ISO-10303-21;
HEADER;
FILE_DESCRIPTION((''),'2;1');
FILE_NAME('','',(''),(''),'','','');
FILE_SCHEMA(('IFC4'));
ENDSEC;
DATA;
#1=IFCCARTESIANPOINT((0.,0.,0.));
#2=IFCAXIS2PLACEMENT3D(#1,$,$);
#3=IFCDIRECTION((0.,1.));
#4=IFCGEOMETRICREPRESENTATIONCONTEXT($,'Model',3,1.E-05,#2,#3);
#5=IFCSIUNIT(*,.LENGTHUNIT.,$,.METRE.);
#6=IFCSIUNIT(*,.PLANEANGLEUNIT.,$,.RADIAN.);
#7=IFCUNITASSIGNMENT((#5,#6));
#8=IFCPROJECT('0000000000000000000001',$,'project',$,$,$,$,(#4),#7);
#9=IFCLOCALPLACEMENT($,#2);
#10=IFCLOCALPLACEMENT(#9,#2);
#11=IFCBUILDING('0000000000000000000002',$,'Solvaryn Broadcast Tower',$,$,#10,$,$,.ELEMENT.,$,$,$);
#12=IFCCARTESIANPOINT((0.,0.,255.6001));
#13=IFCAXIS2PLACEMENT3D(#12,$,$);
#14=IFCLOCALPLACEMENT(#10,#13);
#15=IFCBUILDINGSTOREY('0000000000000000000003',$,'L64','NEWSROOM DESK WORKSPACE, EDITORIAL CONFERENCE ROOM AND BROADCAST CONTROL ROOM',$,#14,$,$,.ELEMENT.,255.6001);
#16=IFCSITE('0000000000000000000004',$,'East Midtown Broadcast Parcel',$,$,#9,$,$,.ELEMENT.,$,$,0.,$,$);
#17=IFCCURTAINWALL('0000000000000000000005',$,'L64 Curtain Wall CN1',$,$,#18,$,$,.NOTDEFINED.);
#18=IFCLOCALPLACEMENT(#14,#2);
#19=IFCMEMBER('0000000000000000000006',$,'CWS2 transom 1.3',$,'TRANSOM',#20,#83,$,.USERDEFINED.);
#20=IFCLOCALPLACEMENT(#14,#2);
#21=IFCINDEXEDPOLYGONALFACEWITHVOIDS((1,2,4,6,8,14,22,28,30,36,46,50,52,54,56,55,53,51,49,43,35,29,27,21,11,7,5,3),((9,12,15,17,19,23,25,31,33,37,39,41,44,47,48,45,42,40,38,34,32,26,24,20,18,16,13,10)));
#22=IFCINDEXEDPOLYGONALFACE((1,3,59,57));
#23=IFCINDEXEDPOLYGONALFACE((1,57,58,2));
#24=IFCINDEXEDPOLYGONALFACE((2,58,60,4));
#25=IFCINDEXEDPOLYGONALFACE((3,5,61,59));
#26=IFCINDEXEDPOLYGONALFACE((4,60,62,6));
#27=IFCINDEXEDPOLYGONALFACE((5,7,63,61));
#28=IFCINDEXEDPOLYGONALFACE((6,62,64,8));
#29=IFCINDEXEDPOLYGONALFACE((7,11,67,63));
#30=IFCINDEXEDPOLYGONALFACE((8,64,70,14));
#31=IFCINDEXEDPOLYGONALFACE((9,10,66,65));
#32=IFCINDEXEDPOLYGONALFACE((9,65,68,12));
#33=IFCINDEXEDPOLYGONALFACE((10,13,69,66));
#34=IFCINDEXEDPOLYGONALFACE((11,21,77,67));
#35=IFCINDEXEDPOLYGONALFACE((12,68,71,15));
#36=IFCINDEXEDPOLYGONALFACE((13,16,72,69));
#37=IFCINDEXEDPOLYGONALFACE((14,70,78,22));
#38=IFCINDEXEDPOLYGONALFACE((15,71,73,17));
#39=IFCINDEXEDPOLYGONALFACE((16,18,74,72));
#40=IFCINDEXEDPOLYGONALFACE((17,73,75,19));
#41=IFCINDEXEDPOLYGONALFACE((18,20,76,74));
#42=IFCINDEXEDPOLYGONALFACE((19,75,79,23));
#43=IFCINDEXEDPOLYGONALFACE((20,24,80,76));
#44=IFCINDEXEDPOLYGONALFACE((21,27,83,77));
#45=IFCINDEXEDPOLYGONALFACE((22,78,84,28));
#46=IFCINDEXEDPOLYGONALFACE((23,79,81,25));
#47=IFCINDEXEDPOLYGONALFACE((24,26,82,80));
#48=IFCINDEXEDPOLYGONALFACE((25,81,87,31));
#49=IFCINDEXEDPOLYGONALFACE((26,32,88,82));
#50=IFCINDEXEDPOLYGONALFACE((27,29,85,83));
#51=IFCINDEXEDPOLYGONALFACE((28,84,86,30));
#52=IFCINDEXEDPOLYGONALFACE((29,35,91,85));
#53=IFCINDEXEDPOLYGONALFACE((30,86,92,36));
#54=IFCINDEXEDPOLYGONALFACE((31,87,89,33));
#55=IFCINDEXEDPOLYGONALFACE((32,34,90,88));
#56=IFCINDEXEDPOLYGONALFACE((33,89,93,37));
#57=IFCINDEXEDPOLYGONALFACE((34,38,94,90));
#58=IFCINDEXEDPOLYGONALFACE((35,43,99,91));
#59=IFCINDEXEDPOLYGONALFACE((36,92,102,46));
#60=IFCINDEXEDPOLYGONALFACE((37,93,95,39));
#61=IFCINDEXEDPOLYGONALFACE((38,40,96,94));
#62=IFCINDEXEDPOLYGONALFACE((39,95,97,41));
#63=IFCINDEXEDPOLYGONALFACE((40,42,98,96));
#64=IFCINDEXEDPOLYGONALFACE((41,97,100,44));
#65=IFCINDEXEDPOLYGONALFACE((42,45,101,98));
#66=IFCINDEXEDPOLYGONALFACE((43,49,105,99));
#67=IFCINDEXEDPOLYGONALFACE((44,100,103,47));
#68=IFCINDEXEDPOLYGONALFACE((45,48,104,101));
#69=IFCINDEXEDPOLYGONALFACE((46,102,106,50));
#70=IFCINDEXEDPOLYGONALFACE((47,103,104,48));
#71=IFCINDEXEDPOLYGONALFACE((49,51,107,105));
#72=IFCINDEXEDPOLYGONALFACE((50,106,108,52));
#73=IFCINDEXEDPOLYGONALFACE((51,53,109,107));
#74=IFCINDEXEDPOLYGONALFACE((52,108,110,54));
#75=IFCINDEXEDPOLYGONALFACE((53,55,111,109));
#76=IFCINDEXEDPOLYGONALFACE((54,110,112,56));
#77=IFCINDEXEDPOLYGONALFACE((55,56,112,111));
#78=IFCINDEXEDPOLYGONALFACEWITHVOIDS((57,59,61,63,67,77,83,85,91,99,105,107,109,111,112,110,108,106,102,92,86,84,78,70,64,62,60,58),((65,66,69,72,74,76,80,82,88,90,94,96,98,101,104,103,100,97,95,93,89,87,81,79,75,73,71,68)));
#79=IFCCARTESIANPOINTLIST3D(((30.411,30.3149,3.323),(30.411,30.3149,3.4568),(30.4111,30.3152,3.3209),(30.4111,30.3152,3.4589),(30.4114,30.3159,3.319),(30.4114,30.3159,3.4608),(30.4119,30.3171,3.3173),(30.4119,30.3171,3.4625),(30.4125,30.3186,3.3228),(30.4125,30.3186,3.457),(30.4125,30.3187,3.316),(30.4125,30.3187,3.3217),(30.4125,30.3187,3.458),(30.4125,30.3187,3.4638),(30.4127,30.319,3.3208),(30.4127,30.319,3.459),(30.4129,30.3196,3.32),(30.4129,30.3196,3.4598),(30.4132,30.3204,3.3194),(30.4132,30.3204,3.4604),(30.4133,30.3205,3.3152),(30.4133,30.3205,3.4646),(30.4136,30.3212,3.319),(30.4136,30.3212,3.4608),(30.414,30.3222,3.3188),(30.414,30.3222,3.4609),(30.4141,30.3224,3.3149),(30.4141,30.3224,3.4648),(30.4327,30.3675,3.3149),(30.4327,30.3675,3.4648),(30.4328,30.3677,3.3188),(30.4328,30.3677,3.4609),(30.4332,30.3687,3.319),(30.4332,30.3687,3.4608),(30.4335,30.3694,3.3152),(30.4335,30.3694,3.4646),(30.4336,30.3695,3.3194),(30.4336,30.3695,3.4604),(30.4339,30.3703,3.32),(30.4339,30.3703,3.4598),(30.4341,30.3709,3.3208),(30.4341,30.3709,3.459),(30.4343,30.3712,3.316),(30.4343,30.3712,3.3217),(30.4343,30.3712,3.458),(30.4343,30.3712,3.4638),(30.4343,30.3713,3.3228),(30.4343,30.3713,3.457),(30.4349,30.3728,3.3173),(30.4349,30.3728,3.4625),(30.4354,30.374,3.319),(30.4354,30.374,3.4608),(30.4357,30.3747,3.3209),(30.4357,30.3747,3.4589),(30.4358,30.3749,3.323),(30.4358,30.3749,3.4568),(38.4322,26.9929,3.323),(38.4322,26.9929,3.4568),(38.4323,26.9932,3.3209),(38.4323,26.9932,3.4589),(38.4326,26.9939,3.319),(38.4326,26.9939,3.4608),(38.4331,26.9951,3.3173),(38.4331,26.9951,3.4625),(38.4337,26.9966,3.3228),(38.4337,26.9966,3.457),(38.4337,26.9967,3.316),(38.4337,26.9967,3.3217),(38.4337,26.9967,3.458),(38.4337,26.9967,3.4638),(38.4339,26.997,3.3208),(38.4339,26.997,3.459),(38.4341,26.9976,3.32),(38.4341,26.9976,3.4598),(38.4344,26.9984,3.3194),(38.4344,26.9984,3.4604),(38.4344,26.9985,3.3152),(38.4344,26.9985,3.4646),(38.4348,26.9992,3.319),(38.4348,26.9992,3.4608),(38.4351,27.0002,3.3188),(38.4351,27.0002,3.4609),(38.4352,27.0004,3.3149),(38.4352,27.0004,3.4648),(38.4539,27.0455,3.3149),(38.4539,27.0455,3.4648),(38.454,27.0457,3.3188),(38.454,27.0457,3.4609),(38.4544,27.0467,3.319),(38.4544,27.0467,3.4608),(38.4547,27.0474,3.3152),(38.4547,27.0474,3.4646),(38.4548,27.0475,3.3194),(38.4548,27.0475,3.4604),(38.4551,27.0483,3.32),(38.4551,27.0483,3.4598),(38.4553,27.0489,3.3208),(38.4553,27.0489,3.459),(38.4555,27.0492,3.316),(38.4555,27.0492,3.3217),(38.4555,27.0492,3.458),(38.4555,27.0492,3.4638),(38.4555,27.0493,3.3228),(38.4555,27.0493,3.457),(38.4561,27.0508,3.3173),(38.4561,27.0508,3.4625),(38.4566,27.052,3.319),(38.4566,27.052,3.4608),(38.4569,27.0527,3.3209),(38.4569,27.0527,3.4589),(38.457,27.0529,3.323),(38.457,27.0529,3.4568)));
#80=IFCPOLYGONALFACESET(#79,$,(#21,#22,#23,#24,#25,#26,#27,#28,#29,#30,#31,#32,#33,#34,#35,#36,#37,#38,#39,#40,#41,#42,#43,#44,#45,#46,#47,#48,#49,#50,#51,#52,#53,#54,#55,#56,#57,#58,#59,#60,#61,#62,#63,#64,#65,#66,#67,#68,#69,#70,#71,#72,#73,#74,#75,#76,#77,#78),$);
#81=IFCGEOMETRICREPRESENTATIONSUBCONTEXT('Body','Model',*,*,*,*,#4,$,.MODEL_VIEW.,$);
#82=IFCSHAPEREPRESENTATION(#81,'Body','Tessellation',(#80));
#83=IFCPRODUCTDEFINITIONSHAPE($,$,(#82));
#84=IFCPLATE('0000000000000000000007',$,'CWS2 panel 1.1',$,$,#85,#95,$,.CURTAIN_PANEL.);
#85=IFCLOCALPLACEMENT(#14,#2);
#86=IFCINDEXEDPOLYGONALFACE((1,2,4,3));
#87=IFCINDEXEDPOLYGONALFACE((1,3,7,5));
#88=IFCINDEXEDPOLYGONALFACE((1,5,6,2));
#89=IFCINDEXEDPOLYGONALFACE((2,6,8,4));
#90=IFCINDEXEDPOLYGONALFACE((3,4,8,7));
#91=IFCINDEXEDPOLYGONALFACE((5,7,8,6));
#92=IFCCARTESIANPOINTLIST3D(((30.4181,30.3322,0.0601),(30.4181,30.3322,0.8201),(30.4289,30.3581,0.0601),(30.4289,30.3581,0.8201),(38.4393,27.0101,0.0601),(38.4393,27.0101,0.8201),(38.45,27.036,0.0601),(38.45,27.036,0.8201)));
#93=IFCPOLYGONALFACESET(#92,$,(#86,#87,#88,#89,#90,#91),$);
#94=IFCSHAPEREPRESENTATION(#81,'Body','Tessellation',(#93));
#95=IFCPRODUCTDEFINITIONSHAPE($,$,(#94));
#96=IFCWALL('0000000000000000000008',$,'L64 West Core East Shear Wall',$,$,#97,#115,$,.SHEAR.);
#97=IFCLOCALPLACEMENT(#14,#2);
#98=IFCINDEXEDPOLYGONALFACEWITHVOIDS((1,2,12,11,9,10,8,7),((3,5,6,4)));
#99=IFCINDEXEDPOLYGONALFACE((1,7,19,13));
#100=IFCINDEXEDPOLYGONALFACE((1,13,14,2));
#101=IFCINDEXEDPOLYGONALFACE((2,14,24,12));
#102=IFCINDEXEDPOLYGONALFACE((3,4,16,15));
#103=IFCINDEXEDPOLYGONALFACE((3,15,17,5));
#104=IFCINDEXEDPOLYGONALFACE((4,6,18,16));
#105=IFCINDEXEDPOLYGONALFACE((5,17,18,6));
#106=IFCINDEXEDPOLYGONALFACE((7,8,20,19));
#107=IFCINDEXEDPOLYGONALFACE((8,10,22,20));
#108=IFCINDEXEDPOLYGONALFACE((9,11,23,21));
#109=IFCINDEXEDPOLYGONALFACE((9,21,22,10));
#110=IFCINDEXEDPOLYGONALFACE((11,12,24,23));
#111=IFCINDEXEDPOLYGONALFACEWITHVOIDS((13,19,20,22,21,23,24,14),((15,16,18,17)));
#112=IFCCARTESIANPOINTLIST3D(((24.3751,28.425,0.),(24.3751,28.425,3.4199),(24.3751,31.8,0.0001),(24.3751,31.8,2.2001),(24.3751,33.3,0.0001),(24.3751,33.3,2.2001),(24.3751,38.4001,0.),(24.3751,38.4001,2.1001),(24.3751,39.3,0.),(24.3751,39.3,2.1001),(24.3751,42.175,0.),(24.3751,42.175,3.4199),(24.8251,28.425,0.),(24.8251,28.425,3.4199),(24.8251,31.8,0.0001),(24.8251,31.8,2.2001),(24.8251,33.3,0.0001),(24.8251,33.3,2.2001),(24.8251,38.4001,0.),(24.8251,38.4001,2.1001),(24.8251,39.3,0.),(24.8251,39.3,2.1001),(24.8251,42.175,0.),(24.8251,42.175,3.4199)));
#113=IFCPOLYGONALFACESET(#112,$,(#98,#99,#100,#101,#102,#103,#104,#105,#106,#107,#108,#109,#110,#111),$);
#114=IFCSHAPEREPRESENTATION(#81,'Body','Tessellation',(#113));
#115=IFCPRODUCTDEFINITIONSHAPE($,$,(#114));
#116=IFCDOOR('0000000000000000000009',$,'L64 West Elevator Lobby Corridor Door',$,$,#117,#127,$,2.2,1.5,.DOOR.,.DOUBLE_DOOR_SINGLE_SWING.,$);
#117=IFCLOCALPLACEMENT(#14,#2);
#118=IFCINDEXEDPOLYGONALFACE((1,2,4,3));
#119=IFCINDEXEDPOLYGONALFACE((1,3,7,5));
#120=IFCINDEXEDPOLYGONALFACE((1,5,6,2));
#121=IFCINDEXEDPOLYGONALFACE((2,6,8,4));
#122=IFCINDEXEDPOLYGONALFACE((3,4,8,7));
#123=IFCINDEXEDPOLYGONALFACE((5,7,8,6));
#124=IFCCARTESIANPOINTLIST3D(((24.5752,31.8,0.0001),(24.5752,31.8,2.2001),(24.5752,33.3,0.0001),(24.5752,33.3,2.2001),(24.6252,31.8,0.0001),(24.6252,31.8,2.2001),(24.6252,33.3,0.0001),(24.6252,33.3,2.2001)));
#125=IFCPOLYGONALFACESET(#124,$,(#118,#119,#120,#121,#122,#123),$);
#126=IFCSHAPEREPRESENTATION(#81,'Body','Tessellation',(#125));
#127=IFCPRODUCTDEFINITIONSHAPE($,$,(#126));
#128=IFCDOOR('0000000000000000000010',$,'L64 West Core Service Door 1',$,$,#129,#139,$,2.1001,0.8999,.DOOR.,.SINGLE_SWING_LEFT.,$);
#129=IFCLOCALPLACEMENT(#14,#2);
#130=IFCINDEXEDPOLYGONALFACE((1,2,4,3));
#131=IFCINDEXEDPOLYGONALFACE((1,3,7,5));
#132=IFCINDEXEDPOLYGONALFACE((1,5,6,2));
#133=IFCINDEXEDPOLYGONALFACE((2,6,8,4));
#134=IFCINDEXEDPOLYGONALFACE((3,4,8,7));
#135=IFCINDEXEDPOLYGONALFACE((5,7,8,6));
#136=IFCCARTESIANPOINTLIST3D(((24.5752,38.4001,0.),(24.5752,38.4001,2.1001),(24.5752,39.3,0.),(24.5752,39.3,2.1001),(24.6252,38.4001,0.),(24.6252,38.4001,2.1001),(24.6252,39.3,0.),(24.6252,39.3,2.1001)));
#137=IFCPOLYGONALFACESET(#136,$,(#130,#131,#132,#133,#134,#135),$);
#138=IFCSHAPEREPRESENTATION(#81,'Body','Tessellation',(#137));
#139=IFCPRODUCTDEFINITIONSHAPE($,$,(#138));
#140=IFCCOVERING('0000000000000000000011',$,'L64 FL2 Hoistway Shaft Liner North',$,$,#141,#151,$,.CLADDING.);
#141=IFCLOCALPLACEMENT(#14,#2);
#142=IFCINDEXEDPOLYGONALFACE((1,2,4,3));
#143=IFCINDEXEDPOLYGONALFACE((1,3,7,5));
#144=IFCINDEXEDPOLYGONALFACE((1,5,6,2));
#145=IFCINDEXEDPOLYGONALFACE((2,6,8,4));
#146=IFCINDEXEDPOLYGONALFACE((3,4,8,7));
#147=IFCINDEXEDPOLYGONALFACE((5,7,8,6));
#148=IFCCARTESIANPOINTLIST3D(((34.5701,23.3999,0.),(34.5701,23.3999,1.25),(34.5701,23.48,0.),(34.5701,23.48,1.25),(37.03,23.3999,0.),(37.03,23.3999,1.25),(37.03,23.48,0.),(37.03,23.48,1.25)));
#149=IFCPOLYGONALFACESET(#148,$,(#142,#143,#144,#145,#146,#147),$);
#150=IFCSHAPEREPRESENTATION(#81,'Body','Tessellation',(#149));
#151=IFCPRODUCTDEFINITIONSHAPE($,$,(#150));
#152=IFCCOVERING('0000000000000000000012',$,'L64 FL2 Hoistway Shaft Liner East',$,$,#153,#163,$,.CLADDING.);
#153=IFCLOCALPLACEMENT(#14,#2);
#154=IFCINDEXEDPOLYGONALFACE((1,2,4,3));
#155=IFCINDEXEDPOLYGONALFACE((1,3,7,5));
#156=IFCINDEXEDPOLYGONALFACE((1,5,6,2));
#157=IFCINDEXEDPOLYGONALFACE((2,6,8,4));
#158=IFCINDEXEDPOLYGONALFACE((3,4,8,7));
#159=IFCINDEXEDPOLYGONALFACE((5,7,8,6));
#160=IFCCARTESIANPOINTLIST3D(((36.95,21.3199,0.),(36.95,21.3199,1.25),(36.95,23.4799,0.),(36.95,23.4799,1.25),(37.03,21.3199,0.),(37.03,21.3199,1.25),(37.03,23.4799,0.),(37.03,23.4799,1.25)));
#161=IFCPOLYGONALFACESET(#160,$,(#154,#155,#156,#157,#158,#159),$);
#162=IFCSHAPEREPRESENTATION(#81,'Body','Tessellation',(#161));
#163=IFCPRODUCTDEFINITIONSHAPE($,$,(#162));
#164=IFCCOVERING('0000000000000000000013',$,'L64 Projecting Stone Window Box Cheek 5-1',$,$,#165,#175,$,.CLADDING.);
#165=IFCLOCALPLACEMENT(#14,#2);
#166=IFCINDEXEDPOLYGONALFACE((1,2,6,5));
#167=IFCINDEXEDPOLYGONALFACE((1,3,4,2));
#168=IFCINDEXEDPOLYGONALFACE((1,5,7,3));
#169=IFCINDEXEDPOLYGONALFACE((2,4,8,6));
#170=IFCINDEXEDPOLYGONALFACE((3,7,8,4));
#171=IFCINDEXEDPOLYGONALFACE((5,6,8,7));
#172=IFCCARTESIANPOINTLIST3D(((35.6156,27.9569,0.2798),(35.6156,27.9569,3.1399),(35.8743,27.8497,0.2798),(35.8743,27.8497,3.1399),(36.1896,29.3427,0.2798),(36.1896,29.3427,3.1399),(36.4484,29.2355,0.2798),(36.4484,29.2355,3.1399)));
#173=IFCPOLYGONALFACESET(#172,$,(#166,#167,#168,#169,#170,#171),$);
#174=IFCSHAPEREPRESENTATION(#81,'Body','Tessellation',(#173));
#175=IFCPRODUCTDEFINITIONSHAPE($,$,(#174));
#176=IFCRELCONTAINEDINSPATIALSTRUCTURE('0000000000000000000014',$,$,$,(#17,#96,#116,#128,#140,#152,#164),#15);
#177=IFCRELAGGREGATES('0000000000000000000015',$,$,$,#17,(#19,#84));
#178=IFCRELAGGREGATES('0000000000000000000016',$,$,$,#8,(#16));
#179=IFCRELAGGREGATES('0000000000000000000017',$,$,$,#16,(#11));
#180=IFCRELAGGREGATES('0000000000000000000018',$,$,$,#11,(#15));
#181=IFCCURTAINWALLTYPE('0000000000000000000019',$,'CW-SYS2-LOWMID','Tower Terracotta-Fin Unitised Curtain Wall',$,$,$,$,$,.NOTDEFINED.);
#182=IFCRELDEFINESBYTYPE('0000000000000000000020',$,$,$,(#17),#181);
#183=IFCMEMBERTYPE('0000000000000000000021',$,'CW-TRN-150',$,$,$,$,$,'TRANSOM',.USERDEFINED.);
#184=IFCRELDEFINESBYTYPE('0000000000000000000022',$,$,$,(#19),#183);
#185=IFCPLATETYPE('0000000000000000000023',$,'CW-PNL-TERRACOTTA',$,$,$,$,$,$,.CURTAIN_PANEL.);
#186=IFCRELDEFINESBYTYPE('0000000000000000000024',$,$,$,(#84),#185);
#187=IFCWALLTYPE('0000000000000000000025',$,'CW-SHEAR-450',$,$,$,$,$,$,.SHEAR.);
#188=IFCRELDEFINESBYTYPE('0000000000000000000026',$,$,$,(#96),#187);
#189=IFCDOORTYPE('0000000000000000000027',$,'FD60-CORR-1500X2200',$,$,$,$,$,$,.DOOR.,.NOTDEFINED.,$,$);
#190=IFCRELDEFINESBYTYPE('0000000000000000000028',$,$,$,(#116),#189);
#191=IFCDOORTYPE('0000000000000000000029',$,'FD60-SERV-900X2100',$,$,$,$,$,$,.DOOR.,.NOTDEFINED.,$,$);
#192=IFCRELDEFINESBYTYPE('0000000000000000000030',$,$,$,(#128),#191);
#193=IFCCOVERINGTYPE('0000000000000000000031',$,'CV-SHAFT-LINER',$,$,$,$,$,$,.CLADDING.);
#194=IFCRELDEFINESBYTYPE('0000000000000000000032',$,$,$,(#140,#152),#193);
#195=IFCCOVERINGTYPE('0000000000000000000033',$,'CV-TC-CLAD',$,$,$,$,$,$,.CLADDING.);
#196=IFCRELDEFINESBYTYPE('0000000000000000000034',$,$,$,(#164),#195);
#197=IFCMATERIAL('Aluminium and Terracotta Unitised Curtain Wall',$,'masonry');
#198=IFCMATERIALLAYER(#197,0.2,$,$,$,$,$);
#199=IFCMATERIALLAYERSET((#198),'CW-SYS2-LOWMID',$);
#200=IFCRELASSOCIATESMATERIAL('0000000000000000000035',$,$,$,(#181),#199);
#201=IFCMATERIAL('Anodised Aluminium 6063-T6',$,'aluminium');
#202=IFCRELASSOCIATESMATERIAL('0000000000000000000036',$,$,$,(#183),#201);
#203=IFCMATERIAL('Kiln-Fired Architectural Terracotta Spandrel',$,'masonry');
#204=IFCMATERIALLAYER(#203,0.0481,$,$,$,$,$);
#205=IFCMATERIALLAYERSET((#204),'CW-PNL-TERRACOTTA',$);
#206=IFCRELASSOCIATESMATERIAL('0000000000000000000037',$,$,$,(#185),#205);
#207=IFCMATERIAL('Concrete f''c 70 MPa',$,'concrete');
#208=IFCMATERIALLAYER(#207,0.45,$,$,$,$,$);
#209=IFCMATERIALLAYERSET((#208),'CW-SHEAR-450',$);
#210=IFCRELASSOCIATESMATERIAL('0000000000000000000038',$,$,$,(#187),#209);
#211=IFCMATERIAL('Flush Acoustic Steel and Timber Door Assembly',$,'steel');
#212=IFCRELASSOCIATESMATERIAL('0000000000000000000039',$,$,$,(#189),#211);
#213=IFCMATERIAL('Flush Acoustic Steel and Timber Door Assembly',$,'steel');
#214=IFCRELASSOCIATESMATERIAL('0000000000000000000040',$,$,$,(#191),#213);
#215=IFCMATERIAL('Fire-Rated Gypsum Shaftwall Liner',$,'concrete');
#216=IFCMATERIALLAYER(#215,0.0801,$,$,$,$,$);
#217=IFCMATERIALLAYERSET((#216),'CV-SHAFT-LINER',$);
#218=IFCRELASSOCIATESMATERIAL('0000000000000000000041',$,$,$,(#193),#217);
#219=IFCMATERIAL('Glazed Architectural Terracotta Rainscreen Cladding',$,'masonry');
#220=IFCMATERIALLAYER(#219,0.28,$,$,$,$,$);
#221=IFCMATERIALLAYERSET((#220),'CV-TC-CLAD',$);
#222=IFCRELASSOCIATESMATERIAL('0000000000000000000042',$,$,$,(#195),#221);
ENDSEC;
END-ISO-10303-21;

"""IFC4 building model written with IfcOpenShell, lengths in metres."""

from ifc_helpers import new_model, si_unit, direction, frame, frame_2d, origin, origin_2d, place, context, subcontext, project, spatial, rectangle, hollow_rectangle, extrude, material, layer, layer_set, material_profile, profile_set, type_object, element, fill, aggregate, save


model = new_model("IFC4")

# Units and contexts
model_context = context("Model", 3, precision=1e-05, world=origin(), true_north=direction((0.0, 1.0)))
body_context = subcontext(model_context, "Body", "Model", "MODEL_VIEW")
ifc_project = project(units=[si_unit("LENGTHUNIT", "METRE"), si_unit("PLANEANGLEUNIT", "RADIAN")], contexts=[model_context])

# Site, building, storey
site_placement = place(None, origin())
site = spatial("IfcSite", under=ifc_project, at=site_placement, Name="East Midtown Broadcast Parcel", CompositionType="ELEMENT", RefElevation=0.0)
building_placement = place(site_placement, origin())
building = spatial("IfcBuilding", under=site, at=building_placement, Name="Solvaryn Broadcast Tower", CompositionType="ELEMENT")
storey_placement = place(building_placement, frame((0.0, 0.0, 255.6001)))
storey = spatial("IfcBuildingStorey", under=building, at=storey_placement, Name="L64", Description="NEWSROOM DESK WORKSPACE, EDITORIAL CONFERENCE ROOM AND BROADCAST CONTROL ROOM", CompositionType="ELEMENT", Elevation=255.6001)

# Curtain wall
ifc_material_1 = material(Name="Aluminium and Terracotta Unitised Curtain Wall", Category="masonry")
ifc_layer_1 = layer(ifc_material_1, 0.2)
ifc_layer_set_1 = layer_set([ifc_layer_1], Name="CW-SYS2-LOWMID")
curtain_wall_type = type_object("IfcCurtainWallType", Name="CW-SYS2-LOWMID", Description="Tower Terracotta-Fin Unitised Curtain Wall", PredefinedType="NOTDEFINED", material=ifc_layer_set_1)
curtain_wall_1_placement = place(storey_placement, origin())
curtain_wall_1 = element("IfcCurtainWall", 1, at=curtain_wall_1_placement, inside=storey, type_object=curtain_wall_type, Name="L64 Curtain Wall CN1", PredefinedType="NOTDEFINED")

# Member
ifc_material_2 = material(Name="Anodised Aluminium 6063-T6", Category="aluminium")
ifc_material_profile_1 = material_profile(ifc_material_2, hollow_rectangle(XDim=0.0649, YDim=0.1499, WallThickness=0.0039, InnerFilletRadius=0.0039, OuterFilletRadius=0.0081, at=origin_2d()))
ifc_profile_set_1 = profile_set([ifc_material_profile_1], Name="Anodised Aluminium 6063-T6")
member_type_1 = type_object("IfcMemberType", Name="CW-TRN-150", ElementType="TRANSOM", PredefinedType="USERDEFINED", material=ifc_profile_set_1)
member_1_placement = place(storey_placement, frame((38.4446, 27.0229, 3.3899), z_axis=(-0.923899, 0.382636, 0.0), x_axis=(-0.382636, -0.923899, 0.0)))
member_1 = element("IfcMember", 2, at=member_1_placement, type_object=member_type_1, Name="CWS2 transom 1.3", ObjectType="TRANSOM", PredefinedType="USERDEFINED", context=body_context, shape_type="SweptSolid", body=[
    extrude(hollow_rectangle(XDim=0.0649, YDim=0.1499, WallThickness=0.0039, InnerFilletRadius=0.0039, OuterFilletRadius=0.0081, at=origin_2d()), origin(), (0.0, 0.0, 1.0), 8.6819),
])

# Plate
ifc_material_3 = material(Name="Kiln-Fired Architectural Terracotta Spandrel", Category="masonry")
ifc_layer_2 = layer(ifc_material_3, 0.0481)
ifc_layer_set_2 = layer_set([ifc_layer_2], Name="CW-PNL-TERRACOTTA")
plate_type = type_object("IfcPlateType", Name="CW-PNL-TERRACOTTA", PredefinedType="CURTAIN_PANEL", material=ifc_layer_set_2)
plate_placement = place(storey_placement, frame((34.4341, 28.6841, 0.0601), z_axis=(0.0, 0.0, 1.0), x_axis=(-0.923895, 0.382646, 0.0)))
plate = element("IfcPlate", 3, at=plate_placement, type_object=plate_type, Name="CWS2 panel 1.1", PredefinedType="CURTAIN_PANEL", context=body_context, shape_type="SweptSolid", body=[
    extrude(rectangle(XDim=8.6819, YDim=0.0281, at=origin_2d()), origin(), (0.0, 0.0, 1.0), 0.76),
])
aggregate(curtain_wall_1, [member_1, plate])

# Wall, openings, doors
ifc_material_4 = material(Name="Concrete f'c 70 MPa", Category="concrete")
ifc_layer_3 = layer(ifc_material_4, 0.45)
ifc_layer_set_3 = layer_set([ifc_layer_3], Name="CW-SHEAR-450")
wall_type = type_object("IfcWallType", Name="CW-SHEAR-450", PredefinedType="SHEAR", material=ifc_layer_set_3)
wall_1_placement = place(storey_placement, frame((24.6001, 28.425, 0.0), z_axis=(0.0, 0.0, 1.0), x_axis=(0.0, 1.0, 0.0)))
wall_1 = element("IfcWall", 4, at=wall_1_placement, inside=storey, type_object=wall_type, Name="L64 West Core East Shear Wall", PredefinedType="SHEAR", context=body_context, shape_type="SweptSolid", body=[
    extrude(rectangle(XDim=13.75, YDim=0.45, at=frame_2d((6.875, 0.0))), origin(), (0.0, 0.0, 1.0), 3.4199),
])
opening_1_placement = place(wall_1_placement, frame((3.375, 0.0, 0.0)))
opening_1 = element("IfcOpeningElement", 5, at=opening_1_placement, cuts=wall_1, PredefinedType="OPENING", context=body_context, shape_type="SweptSolid", body=[
    extrude(rectangle(XDim=1.5, YDim=2.2, at=frame_2d((0.75, 1.1001))), frame((0.0, 0.2351, 0.0), z_axis=(0.0, -1.0, 0.0), x_axis=(1.0, 0.0, 0.0)), (0.0, 0.0, 1.0), 0.47),
])
opening_2_placement = place(wall_1_placement, frame((9.9751, 0.0, 0.0)))
opening_2 = element("IfcOpeningElement", 6, at=opening_2_placement, cuts=wall_1, PredefinedType="OPENING", context=body_context, shape_type="SweptSolid", body=[
    extrude(rectangle(XDim=0.8999, YDim=2.1001, at=frame_2d((0.45, 1.05))), frame((0.0, 0.2351, 0.0), z_axis=(0.0, -1.0, 0.0), x_axis=(1.0, 0.0, 0.0)), (0.0, 0.0, 1.0), 0.47),
])
ifc_material_5 = material(Name="Flush Acoustic Steel and Timber Door Assembly", Category="steel")
door_type_1 = type_object("IfcDoorType", Name="FD60-CORR-1500X2200", OperationType="NOTDEFINED", PredefinedType="DOOR", material=ifc_material_5)
door_1_placement = place(opening_1_placement, origin())
door_1 = element("IfcDoor", 7, at=door_1_placement, inside=storey, type_object=door_type_1, Name="L64 West Elevator Lobby Corridor Door", OperationType="DOUBLE_DOOR_SINGLE_SWING", OverallHeight=2.2, OverallWidth=1.5, PredefinedType="DOOR", context=body_context, shape_type="SweptSolid", body=[
    extrude(rectangle(XDim=1.5, YDim=2.2, at=frame_2d((0.75, 1.1001))), frame((0.0, 0.0249, 0.0), z_axis=(0.0, -1.0, 0.0), x_axis=(1.0, 0.0, 0.0)), (0.0, 0.0, 1.0), 0.05),
])
fill(opening_1, door_1)
ifc_material_6 = material(Name="Flush Acoustic Steel and Timber Door Assembly", Category="steel")
door_type_2 = type_object("IfcDoorType", Name="FD60-SERV-900X2100", OperationType="NOTDEFINED", PredefinedType="DOOR", material=ifc_material_6)
door_2_placement = place(opening_2_placement, origin())
door_2 = element("IfcDoor", 8, at=door_2_placement, inside=storey, type_object=door_type_2, Name="L64 West Core Service Door 1", OperationType="SINGLE_SWING_LEFT", OverallHeight=2.1001, OverallWidth=0.8999, PredefinedType="DOOR", context=body_context, shape_type="SweptSolid", body=[
    extrude(rectangle(XDim=0.8999, YDim=2.1001, at=frame_2d((0.45, 1.05))), frame((0.0, 0.0249, 0.0), z_axis=(0.0, -1.0, 0.0), x_axis=(1.0, 0.0, 0.0)), (0.0, 0.0, 1.0), 0.05),
])
fill(opening_2, door_2)

# Coverings
ifc_material_7 = material(Name="Fire-Rated Gypsum Shaftwall Liner", Category="concrete")
ifc_layer_4 = layer(ifc_material_7, 0.0801)
ifc_layer_set_4 = layer_set([ifc_layer_4], Name="CV-SHAFT-LINER")
covering_type_1 = type_object("IfcCoveringType", Name="CV-SHAFT-LINER", PredefinedType="CLADDING", material=ifc_layer_set_4)
covering_1_placement = place(storey_placement, frame((35.8, 23.4399, 0.0), z_axis=(0.0, 0.0, 1.0), x_axis=(1.0, 0.0, 0.0)))
element("IfcCovering", 9, at=covering_1_placement, inside=storey, type_object=covering_type_1, Name="L64 FL2 Hoistway Shaft Liner North", PredefinedType="CLADDING", context=body_context, shape_type="SweptSolid", body=[
    extrude(rectangle(XDim=2.46, YDim=0.0801, at=origin_2d()), origin(), (0.0, 0.0, 1.0), 1.25),
])
covering_2_placement = place(storey_placement, frame((36.99, 22.3999, 0.0), z_axis=(0.0, 0.0, 1.0), x_axis=(1.0, 0.0, 0.0)))
element("IfcCovering", 10, at=covering_2_placement, inside=storey, type_object=covering_type_1, Name="L64 FL2 Hoistway Shaft Liner East", PredefinedType="CLADDING", context=body_context, shape_type="SweptSolid", body=[
    extrude(rectangle(XDim=0.0801, YDim=2.1599, at=origin_2d()), origin(), (0.0, 0.0, 1.0), 1.25),
])
ifc_material_8 = material(Name="Glazed Architectural Terracotta Rainscreen Cladding", Category="masonry")
ifc_layer_5 = layer(ifc_material_8, 0.28)
ifc_layer_set_5 = layer_set([ifc_layer_5], Name="CV-TC-CLAD")
covering_type_2 = type_object("IfcCoveringType", Name="CV-TC-CLAD", PredefinedType="CLADDING", material=ifc_layer_set_5)
covering_3_placement = place(storey_placement, frame((36.032, 28.5962, 0.2798), z_axis=(0.0, 0.0, 1.0), x_axis=(-0.92388, 0.382683, 0.0)))
element("IfcCovering", 11, at=covering_3_placement, inside=storey, type_object=covering_type_2, Name="L64 Projecting Stone Window Box Cheek 5-1", PredefinedType="CLADDING", context=body_context, shape_type="SweptSolid", body=[
    extrude(rectangle(XDim=0.28, YDim=1.5, at=origin_2d()), origin(), (0.0, 0.0, 1.0), 2.8601),
])

save(model, "model.ifc")
